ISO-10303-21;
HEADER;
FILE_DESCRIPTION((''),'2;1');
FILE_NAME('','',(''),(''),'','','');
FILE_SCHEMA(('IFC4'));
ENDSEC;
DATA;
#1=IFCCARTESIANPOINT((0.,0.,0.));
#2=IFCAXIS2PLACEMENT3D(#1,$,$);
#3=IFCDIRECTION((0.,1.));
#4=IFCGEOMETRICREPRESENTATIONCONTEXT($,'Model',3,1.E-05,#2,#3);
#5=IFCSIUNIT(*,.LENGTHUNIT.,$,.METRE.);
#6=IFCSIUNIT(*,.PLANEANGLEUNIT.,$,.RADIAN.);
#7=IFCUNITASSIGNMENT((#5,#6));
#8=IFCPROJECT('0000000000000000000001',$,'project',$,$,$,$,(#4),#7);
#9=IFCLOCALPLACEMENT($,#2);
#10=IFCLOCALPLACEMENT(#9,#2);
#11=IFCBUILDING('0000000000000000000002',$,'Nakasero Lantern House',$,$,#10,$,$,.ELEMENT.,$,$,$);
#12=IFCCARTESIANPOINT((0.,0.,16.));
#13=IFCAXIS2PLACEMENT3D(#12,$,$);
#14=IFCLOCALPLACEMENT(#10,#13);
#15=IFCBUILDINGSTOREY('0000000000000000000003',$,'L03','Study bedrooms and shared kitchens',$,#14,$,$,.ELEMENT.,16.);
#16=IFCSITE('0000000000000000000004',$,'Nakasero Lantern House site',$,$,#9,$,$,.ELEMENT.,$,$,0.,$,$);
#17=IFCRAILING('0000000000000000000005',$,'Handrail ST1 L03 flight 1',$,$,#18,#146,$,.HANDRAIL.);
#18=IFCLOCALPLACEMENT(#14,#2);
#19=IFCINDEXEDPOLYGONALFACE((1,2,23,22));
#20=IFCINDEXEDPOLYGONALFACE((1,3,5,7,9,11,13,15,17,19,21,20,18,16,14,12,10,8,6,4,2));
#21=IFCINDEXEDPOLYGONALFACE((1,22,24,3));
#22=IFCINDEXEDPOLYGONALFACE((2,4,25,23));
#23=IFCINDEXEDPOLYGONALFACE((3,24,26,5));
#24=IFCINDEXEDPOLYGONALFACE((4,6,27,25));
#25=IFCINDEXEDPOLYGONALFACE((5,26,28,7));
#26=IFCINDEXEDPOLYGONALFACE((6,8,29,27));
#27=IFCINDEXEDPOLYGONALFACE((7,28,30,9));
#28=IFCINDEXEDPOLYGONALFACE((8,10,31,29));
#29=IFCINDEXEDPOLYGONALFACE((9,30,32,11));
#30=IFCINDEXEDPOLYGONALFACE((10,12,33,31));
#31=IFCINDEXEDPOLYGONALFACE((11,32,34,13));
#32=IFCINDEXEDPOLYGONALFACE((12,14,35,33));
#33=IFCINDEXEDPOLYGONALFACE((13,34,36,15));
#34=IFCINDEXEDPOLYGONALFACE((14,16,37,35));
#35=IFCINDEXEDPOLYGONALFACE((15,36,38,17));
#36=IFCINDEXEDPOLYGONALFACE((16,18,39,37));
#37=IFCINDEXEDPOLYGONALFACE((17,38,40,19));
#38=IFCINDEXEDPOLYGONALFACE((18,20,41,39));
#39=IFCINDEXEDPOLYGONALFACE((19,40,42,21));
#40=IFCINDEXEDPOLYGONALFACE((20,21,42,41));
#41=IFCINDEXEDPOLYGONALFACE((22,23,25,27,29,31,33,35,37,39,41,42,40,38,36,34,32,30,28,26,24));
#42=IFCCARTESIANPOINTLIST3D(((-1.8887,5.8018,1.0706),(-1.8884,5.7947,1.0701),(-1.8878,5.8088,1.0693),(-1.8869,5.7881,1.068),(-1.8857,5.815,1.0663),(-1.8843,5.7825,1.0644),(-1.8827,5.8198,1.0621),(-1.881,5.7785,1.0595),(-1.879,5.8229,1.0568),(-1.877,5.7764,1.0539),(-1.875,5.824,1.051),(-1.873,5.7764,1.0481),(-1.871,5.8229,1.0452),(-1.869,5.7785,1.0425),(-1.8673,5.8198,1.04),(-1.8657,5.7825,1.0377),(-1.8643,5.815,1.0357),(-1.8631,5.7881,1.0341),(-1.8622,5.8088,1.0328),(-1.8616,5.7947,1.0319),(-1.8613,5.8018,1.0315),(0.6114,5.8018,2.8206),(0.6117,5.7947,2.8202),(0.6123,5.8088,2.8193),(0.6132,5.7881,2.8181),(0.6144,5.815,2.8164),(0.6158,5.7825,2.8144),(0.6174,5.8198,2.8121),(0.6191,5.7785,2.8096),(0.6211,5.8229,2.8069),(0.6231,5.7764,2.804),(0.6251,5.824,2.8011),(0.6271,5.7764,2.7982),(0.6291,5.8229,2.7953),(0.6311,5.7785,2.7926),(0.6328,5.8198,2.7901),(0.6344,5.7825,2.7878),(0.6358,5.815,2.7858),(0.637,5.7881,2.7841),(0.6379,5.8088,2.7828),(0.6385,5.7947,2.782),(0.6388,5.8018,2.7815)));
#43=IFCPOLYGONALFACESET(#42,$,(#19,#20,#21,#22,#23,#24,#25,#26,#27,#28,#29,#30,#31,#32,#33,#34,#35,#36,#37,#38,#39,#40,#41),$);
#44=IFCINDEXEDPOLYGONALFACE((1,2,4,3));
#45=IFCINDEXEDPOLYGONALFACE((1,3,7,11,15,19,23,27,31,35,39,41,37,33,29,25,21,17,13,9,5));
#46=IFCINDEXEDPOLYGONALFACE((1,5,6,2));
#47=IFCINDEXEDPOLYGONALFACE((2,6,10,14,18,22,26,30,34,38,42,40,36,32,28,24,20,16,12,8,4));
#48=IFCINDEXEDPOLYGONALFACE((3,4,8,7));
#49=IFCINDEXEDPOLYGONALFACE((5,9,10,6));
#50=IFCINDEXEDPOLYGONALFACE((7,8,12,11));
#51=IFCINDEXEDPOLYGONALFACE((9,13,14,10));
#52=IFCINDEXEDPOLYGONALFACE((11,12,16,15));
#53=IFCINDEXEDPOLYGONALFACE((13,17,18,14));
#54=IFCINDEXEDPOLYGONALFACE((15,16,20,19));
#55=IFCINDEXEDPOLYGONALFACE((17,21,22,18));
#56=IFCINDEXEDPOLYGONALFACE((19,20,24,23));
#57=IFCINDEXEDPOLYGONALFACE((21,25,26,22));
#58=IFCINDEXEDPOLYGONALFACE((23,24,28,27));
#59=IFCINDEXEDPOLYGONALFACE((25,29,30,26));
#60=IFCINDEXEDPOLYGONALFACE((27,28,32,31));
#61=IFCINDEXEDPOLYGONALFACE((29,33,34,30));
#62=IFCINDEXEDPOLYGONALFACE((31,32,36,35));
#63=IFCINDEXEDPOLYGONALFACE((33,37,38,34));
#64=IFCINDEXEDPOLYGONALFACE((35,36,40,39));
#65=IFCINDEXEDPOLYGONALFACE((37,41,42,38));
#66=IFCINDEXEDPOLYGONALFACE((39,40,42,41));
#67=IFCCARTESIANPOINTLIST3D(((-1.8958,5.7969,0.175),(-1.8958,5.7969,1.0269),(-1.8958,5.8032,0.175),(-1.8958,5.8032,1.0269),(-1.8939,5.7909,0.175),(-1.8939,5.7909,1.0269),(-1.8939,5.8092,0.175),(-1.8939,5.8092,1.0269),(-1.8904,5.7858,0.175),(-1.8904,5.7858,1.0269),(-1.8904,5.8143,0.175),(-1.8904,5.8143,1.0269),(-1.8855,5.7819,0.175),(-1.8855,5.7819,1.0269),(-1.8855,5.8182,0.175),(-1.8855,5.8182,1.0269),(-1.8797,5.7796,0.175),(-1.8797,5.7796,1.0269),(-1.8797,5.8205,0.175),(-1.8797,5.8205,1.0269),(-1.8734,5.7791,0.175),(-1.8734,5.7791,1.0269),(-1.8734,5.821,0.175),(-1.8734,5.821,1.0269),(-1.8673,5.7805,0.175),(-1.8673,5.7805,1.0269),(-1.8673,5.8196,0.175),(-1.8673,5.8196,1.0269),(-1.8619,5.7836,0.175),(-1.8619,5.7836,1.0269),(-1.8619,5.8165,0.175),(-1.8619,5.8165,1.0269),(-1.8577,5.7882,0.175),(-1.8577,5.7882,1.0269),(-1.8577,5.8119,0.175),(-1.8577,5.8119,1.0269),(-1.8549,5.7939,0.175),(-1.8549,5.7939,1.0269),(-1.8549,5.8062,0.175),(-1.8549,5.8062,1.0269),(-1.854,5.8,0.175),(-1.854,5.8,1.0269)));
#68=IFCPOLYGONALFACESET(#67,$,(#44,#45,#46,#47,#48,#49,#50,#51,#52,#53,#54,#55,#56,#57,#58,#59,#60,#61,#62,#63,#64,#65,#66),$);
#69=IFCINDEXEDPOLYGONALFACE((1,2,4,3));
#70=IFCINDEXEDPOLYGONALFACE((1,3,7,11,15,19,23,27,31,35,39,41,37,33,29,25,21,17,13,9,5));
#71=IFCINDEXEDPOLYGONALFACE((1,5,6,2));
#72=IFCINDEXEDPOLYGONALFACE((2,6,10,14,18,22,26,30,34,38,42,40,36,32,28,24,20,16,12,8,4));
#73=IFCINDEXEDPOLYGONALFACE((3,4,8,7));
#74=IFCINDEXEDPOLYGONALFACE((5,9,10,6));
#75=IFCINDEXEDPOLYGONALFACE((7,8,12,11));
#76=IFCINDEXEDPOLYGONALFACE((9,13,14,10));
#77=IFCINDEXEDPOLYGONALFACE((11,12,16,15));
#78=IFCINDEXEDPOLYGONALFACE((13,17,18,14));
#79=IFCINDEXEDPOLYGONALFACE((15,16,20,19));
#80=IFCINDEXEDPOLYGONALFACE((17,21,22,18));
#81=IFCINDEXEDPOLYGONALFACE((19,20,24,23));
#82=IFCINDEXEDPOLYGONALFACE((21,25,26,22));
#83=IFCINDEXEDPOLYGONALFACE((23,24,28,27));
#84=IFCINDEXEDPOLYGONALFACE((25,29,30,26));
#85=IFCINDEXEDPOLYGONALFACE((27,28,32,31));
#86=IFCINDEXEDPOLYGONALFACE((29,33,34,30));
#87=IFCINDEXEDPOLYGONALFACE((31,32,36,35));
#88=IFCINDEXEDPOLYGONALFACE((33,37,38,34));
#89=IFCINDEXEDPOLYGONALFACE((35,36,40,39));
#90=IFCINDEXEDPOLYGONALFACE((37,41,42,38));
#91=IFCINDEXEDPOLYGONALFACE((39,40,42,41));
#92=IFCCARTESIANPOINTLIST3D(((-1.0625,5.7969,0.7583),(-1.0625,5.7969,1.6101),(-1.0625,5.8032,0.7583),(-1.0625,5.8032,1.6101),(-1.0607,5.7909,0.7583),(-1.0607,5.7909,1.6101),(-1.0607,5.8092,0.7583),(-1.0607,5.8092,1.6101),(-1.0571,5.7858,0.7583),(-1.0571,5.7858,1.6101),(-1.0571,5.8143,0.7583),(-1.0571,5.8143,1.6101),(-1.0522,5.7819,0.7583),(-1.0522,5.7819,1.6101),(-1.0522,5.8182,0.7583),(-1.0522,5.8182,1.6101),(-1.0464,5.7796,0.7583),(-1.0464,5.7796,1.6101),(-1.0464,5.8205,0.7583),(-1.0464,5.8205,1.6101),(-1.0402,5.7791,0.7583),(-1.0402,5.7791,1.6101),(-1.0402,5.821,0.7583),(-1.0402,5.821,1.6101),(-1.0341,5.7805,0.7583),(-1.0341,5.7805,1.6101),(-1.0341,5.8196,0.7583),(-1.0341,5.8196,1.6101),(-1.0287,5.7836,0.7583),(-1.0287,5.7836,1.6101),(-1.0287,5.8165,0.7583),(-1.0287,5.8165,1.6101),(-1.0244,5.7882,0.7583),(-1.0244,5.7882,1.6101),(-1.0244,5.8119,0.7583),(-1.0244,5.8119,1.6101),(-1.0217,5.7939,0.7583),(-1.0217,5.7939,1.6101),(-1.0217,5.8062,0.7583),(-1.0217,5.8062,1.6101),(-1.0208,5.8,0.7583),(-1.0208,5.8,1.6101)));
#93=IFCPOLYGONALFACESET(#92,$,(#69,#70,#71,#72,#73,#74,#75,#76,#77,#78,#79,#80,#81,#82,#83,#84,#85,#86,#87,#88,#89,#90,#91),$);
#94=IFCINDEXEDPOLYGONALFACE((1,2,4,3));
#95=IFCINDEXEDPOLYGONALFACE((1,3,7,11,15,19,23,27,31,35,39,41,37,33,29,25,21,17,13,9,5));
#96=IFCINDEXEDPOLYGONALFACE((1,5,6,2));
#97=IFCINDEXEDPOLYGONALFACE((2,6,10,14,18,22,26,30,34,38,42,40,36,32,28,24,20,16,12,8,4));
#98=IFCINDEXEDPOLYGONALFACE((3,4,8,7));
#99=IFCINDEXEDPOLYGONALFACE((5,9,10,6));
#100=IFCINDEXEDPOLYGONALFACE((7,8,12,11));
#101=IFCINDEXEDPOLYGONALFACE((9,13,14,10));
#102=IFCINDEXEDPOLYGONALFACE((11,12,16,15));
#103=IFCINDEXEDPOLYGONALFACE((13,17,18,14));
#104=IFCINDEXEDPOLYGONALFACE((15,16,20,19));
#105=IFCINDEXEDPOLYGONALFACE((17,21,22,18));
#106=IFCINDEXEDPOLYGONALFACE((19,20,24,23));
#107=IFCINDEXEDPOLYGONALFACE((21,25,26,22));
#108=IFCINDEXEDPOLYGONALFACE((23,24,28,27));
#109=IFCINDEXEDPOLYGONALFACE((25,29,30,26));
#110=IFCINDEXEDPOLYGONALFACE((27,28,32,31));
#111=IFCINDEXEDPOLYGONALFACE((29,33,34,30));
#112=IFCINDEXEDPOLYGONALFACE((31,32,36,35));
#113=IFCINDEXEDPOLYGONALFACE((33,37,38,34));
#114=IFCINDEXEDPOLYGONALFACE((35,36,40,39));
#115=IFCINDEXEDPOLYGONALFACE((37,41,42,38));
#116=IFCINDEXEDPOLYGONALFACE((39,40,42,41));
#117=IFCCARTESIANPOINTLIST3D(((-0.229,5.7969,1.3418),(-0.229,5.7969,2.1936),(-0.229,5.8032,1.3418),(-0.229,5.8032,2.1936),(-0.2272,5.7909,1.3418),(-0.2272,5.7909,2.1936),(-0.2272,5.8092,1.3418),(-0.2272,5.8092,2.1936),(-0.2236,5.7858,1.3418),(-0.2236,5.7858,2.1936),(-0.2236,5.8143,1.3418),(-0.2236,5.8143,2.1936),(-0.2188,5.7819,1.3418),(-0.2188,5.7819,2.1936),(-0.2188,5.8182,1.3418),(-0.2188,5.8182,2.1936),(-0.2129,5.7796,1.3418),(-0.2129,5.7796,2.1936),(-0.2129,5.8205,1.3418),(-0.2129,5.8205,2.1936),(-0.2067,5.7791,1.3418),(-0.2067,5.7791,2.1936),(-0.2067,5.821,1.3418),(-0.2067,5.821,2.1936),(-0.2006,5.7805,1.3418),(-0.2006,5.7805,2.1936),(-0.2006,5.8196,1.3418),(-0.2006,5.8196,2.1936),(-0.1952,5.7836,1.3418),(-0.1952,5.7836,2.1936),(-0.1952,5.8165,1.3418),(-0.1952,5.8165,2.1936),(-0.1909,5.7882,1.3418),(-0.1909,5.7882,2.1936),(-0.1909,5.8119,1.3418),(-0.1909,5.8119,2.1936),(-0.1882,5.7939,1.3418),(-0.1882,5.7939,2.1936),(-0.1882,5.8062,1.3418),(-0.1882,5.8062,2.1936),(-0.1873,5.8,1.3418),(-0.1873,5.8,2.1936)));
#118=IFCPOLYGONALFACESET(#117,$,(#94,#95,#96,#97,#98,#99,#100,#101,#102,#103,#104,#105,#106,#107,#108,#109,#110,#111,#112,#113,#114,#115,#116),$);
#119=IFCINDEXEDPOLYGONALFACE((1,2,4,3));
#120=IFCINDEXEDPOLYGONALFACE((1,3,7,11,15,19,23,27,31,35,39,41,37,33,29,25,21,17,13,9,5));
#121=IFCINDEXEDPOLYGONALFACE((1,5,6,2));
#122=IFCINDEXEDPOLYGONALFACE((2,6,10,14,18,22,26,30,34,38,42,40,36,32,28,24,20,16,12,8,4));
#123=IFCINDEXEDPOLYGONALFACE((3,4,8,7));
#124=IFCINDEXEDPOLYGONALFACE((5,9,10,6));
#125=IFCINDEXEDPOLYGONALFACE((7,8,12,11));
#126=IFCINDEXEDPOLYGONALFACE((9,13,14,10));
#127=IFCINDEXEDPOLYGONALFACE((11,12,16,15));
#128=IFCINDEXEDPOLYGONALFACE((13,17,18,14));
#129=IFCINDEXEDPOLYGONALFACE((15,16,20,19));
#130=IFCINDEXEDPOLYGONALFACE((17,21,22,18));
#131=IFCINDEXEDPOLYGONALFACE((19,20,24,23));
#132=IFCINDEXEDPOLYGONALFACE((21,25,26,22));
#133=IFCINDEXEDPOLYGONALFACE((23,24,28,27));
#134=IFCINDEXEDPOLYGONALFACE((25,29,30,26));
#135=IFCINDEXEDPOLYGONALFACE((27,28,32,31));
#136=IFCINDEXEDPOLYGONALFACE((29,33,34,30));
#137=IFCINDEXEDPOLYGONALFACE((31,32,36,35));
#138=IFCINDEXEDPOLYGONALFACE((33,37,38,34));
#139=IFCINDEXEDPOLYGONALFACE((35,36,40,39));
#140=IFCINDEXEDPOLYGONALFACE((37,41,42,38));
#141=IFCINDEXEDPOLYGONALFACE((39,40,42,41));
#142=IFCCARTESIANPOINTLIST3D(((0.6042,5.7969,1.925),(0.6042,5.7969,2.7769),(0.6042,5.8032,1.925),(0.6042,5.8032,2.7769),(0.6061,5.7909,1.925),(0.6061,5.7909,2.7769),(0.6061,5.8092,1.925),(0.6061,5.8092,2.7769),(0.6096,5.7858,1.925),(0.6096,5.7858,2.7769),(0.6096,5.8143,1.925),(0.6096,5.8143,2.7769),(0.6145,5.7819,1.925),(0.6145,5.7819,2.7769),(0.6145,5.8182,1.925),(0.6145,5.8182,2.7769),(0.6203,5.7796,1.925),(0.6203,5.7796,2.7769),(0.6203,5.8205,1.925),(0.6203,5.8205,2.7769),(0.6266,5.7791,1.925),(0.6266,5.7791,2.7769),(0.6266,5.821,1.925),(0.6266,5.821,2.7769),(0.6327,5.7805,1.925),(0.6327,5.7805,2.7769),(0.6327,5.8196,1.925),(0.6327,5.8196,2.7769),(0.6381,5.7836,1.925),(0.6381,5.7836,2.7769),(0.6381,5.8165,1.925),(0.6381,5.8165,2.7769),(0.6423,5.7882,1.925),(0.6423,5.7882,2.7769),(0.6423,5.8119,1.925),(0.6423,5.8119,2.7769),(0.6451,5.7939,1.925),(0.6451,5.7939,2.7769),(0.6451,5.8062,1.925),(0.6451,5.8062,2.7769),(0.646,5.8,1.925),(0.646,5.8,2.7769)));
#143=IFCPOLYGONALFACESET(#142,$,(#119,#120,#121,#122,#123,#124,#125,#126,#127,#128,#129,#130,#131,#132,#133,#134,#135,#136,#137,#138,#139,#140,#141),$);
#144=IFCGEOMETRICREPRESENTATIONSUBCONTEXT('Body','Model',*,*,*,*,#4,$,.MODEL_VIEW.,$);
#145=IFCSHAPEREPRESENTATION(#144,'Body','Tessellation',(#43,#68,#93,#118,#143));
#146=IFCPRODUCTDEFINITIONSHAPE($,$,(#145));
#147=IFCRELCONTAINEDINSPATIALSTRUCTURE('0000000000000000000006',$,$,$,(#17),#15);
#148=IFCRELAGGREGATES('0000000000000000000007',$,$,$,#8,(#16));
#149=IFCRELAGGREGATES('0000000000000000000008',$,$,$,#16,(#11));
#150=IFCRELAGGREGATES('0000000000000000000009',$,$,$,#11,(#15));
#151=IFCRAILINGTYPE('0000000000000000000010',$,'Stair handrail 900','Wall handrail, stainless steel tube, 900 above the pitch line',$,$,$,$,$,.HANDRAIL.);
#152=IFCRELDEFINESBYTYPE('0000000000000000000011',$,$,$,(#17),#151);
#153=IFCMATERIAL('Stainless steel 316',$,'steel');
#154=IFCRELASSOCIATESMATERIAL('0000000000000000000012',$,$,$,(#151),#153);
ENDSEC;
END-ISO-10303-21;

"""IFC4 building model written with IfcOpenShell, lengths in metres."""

from ifc_helpers import new_model, si_unit, direction, frame, origin, origin_2d, place, context, subcontext, project, spatial, circle, extrude, material, type_object, element, save


model = new_model("IFC4")

# Units and contexts
model_context = context("Model", 3, precision=1e-05, world=origin(), true_north=direction((0.0, 1.0)))
body_context = subcontext(model_context, "Body", "Model", "MODEL_VIEW")
ifc_project = project(units=[si_unit("LENGTHUNIT", "METRE"), si_unit("PLANEANGLEUNIT", "RADIAN")], contexts=[model_context])

# Site, building, storey
site_placement = place(None, origin())
site = spatial("IfcSite", under=ifc_project, at=site_placement, Name="Nakasero Lantern House site", CompositionType="ELEMENT", RefElevation=0.0)
building_placement = place(site_placement, origin())
building = spatial("IfcBuilding", under=site, at=building_placement, Name="Nakasero Lantern House", CompositionType="ELEMENT")
storey_placement = place(building_placement, frame((0.0, 0.0, 16.0)))
storey = spatial("IfcBuildingStorey", under=building, at=storey_placement, Name="L03", Description="Study bedrooms and shared kitchens", CompositionType="ELEMENT", Elevation=16.0)

# Railing
ifc_material_1 = material(Name="Stainless steel 316", Category="steel")
railing_type = type_object("IfcRailingType", Name="Stair handrail 900", Description="Wall handrail, stainless steel tube, 900 above the pitch line", PredefinedType="HANDRAIL", material=ifc_material_1)
railing_placement = place(storey_placement, frame((-1.875, 5.8, 0.175)))
element("IfcRailing", 1, at=railing_placement, inside=storey, type_object=railing_type, Name="Handrail ST1 L03 flight 1", PredefinedType="HANDRAIL", context=body_context, shape_type="SweptSolid", body=[
    extrude(circle(Radius=0.0239, at=origin_2d()), frame((0.0, 0.0, 0.876), z_axis=(0.819232, 0.0, 0.573462), x_axis=(0.0, 1.0, 0.0)), (0.0, 0.0, 1.0), 3.0518),
    extrude(circle(Radius=0.021, at=origin_2d()), origin(), (0.0, 0.0, 1.0), 0.8518),
    extrude(circle(Radius=0.021, at=origin_2d()), frame((0.8333, 0.0, 0.5833)), (0.0, 0.0, 1.0), 0.8518),
    extrude(circle(Radius=0.021, at=origin_2d()), frame((1.6667, 0.0, 1.1667)), (0.0, 0.0, 1.0), 0.8518),
    extrude(circle(Radius=0.021, at=origin_2d()), frame((2.5, 0.0, 1.75)), (0.0, 0.0, 1.0), 0.8518),
])

save(model, "model.ifc")
